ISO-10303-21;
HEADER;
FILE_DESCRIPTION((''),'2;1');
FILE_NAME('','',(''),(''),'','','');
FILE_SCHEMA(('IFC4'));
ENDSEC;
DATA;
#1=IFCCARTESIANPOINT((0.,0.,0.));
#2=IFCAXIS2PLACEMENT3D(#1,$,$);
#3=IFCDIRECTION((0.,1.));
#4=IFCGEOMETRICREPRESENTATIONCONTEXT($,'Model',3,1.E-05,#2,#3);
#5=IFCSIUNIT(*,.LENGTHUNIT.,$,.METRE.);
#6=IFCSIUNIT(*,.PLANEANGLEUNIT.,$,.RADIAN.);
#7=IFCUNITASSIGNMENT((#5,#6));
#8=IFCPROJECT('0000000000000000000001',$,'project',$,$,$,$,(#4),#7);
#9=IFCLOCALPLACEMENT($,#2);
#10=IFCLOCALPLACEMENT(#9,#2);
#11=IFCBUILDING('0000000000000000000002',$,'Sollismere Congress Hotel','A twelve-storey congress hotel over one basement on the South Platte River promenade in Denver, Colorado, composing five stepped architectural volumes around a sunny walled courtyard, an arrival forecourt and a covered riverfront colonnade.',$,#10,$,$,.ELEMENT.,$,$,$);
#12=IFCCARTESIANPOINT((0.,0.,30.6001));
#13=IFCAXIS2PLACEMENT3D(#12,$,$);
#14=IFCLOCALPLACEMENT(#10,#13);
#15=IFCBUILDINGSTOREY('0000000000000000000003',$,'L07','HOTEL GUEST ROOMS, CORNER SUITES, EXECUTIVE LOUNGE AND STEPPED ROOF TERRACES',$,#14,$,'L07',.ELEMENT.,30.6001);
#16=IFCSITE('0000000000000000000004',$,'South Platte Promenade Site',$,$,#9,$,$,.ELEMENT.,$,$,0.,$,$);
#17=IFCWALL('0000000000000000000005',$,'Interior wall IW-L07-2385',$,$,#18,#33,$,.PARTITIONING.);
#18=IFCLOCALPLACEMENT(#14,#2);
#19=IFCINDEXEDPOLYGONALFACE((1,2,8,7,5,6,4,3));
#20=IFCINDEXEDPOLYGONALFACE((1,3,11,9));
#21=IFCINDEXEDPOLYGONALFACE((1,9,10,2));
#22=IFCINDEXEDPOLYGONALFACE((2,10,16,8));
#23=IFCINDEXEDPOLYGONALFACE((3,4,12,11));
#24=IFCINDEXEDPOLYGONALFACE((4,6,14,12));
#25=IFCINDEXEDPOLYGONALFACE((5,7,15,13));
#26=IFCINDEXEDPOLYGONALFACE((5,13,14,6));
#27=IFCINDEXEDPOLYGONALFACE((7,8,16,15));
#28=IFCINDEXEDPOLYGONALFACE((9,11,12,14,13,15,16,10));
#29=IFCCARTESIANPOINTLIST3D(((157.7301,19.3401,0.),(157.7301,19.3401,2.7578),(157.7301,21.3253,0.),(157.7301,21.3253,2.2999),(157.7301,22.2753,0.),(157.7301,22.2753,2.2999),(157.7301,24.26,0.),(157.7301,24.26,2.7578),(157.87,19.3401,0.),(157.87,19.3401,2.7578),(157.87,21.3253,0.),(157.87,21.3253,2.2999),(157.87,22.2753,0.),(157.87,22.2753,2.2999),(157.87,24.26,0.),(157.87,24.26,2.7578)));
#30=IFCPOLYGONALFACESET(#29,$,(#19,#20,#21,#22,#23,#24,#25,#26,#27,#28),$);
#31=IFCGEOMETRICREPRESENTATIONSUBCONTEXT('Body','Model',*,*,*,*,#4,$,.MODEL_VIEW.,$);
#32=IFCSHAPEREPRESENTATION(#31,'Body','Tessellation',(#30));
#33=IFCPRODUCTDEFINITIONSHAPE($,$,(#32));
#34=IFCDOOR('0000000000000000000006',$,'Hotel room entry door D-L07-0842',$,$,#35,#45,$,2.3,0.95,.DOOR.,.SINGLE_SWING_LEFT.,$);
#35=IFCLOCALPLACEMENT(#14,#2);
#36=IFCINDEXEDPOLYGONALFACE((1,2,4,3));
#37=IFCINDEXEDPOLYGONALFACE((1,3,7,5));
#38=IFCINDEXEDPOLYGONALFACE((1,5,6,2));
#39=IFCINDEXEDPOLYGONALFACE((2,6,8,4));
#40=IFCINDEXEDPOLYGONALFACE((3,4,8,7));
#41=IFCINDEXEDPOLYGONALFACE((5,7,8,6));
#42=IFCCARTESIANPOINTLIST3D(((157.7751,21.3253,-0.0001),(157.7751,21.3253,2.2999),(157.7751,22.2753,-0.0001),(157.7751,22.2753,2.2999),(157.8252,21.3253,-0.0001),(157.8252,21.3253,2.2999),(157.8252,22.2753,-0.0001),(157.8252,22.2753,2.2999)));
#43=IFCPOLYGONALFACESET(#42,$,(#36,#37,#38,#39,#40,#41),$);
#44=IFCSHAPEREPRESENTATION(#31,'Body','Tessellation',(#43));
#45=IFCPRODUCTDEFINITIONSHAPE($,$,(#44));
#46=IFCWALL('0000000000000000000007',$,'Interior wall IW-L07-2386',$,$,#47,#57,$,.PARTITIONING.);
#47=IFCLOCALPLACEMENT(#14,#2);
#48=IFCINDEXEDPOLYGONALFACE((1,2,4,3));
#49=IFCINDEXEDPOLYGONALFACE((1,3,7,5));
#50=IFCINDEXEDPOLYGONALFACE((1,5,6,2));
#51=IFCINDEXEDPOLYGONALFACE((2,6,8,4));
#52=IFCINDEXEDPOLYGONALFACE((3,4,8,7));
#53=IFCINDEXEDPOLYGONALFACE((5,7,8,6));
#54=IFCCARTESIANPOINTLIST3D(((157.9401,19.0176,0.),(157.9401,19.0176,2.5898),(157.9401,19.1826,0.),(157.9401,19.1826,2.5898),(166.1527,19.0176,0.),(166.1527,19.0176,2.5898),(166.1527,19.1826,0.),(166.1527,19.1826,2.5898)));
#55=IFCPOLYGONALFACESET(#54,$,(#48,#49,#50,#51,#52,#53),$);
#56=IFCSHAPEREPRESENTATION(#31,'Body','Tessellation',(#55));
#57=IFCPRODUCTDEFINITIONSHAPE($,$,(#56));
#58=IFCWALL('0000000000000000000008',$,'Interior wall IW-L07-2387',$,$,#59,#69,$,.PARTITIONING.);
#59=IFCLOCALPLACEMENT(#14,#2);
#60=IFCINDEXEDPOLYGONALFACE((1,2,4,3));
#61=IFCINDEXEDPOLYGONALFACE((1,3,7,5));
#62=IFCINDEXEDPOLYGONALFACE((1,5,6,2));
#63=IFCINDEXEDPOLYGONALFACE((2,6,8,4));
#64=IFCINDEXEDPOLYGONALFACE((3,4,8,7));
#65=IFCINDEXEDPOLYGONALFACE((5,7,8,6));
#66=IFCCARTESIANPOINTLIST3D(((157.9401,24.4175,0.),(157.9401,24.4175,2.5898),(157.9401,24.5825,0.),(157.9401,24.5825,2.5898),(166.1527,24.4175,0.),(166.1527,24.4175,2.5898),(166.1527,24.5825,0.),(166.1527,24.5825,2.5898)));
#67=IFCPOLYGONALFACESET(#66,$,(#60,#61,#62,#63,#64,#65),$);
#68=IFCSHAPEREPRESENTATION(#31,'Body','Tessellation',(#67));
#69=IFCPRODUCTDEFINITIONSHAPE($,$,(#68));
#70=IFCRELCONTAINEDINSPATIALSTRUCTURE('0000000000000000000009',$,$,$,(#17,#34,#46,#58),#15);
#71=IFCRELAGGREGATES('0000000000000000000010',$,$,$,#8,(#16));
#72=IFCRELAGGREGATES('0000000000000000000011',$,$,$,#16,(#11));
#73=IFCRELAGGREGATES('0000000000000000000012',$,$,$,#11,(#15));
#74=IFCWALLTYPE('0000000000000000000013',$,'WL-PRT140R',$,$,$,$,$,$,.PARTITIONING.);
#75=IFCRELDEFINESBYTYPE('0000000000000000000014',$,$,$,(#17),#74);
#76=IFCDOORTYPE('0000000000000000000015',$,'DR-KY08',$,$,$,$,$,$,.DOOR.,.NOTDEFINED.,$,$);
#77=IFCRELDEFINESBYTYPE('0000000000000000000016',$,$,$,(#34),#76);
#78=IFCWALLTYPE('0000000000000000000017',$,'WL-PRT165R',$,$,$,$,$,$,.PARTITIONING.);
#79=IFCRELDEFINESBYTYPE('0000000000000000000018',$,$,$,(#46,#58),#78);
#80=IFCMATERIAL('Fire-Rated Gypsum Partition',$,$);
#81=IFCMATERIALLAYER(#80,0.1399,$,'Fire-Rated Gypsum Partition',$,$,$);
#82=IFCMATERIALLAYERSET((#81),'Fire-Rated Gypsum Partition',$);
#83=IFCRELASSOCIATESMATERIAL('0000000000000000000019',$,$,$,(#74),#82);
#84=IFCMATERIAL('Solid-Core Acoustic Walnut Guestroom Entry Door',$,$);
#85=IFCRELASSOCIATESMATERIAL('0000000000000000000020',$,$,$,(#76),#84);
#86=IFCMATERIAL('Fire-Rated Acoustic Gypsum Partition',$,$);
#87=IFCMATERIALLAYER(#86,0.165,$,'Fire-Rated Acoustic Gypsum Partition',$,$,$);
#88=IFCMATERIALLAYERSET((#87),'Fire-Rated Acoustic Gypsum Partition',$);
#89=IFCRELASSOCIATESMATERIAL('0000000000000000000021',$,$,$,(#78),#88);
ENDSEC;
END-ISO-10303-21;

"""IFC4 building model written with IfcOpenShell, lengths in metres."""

from ifc_helpers import new_model, si_unit, direction, frame, frame_2d, origin, place, context, subcontext, project, spatial, rectangle, extrude, material, layer, layer_set, type_object, element, fill, save


model = new_model("IFC4")

# Units and contexts
model_context = context("Model", 3, precision=1e-05, world=origin(), true_north=direction((0.0, 1.0)))
body_context = subcontext(model_context, "Body", "Model", "MODEL_VIEW")
ifc_project = project(units=[si_unit("LENGTHUNIT", "METRE"), si_unit("PLANEANGLEUNIT", "RADIAN")], contexts=[model_context])

# Site, building, storey
site_placement = place(None, origin())
site = spatial("IfcSite", under=ifc_project, at=site_placement, Name="South Platte Promenade Site", CompositionType="ELEMENT", RefElevation=0.0)
building_placement = place(site_placement, origin())
building = spatial("IfcBuilding", under=site, at=building_placement, Name="Sollismere Congress Hotel", Description="A twelve-storey congress hotel over one basement on the South Platte River promenade in Denver, Colorado, composing five stepped architectural volumes around a sunny walled courtyard, an arrival forecourt and a covered riverfront colonnade.", CompositionType="ELEMENT")
storey_placement = place(building_placement, frame((0.0, 0.0, 30.6001)))
storey = spatial("IfcBuildingStorey", under=building, at=storey_placement, Name="L07", Description="HOTEL GUEST ROOMS, CORNER SUITES, EXECUTIVE LOUNGE AND STEPPED ROOF TERRACES", LongName="L07", CompositionType="ELEMENT", Elevation=30.6001)

# Wall, opening, door
ifc_material_1 = material(Name="Fire-Rated Gypsum Partition")
ifc_layer_1 = layer(ifc_material_1, 0.1399, Name="Fire-Rated Gypsum Partition")
ifc_layer_set_1 = layer_set([ifc_layer_1], Name="Fire-Rated Gypsum Partition")
wall_type_1 = type_object("IfcWallType", Name="WL-PRT140R", PredefinedType="PARTITIONING", material=ifc_layer_set_1)
wall_1_placement = place(storey_placement, frame((157.8, 19.3401, 0.0), z_axis=(0.0, 0.0, 1.0), x_axis=(0.0, 1.0, 0.0)))
wall_1 = element("IfcWall", 1, at=wall_1_placement, inside=storey, type_object=wall_type_1, Name="Interior wall IW-L07-2385", PredefinedType="PARTITIONING", context=body_context, shape_type="SweptSolid", body=[
    extrude(rectangle(XDim=4.9199, YDim=0.1399, at=frame_2d((2.46, 0.0))), origin(), (0.0, 0.0, 1.0), 2.7578),
])
opening_1_placement = place(wall_1_placement, frame((1.9851, 0.0, 0.0)))
opening_1 = element("IfcOpeningElement", 2, at=opening_1_placement, cuts=wall_1, PredefinedType="OPENING", context=body_context, shape_type="SweptSolid", body=[
    extrude(rectangle(XDim=0.95, YDim=2.3, at=frame_2d((0.4751, 1.1499))), frame((0.0, 0.0798, 0.0), z_axis=(0.0, -1.0, 0.0), x_axis=(1.0, 0.0, 0.0)), (0.0, 0.0, 1.0), 0.1599),
])
ifc_material_2 = material(Name="Solid-Core Acoustic Walnut Guestroom Entry Door")
door_type = type_object("IfcDoorType", Name="DR-KY08", OperationType="NOTDEFINED", PredefinedType="DOOR", material=ifc_material_2)
door_placement = place(opening_1_placement, origin())
door = element("IfcDoor", 3, at=door_placement, inside=storey, type_object=door_type, Name="Hotel room entry door D-L07-0842", OperationType="SINGLE_SWING_LEFT", OverallHeight=2.3, OverallWidth=0.95, PredefinedType="DOOR", context=body_context, shape_type="SweptSolid", body=[
    extrude(rectangle(XDim=0.95, YDim=2.3, at=frame_2d((0.4751, 1.1499))), frame((0.0, 0.0249, 0.0), z_axis=(0.0, -1.0, 0.0), x_axis=(1.0, 0.0, 0.0)), (0.0, 0.0, 1.0), 0.05),
])
fill(opening_1, door)

# Walls
ifc_material_3 = material(Name="Fire-Rated Acoustic Gypsum Partition")
ifc_layer_2 = layer(ifc_material_3, 0.165, Name="Fire-Rated Acoustic Gypsum Partition")
ifc_layer_set_2 = layer_set([ifc_layer_2], Name="Fire-Rated Acoustic Gypsum Partition")
wall_type_2 = type_object("IfcWallType", Name="WL-PRT165R", PredefinedType="PARTITIONING", material=ifc_layer_set_2)
for number, where, z_axis, x_axis, name in (
    (4, (157.9399, 19.1001, 0.0), (0.0, 0.0, 1.0), (1.0, 0.0, 0.0), "Interior wall IW-L07-2386"),
    (5, (157.9399, 24.5, 0.0), (0.0, 0.0, 1.0), (1.0, 0.0, 0.0), "Interior wall IW-L07-2387"),
):
    element("IfcWall", number, at=place(storey_placement, frame(where, z_axis=z_axis, x_axis=x_axis)), inside=storey, type_object=wall_type_2, Name=name, PredefinedType="PARTITIONING", context=body_context, shape_type="SweptSolid", body=[
        extrude(rectangle(XDim=8.2126, YDim=0.165, at=frame_2d((4.1064, 0.0))), origin(), (0.0, 0.0, 1.0), 2.5898),
    ])

save(model, "model.ifc")
